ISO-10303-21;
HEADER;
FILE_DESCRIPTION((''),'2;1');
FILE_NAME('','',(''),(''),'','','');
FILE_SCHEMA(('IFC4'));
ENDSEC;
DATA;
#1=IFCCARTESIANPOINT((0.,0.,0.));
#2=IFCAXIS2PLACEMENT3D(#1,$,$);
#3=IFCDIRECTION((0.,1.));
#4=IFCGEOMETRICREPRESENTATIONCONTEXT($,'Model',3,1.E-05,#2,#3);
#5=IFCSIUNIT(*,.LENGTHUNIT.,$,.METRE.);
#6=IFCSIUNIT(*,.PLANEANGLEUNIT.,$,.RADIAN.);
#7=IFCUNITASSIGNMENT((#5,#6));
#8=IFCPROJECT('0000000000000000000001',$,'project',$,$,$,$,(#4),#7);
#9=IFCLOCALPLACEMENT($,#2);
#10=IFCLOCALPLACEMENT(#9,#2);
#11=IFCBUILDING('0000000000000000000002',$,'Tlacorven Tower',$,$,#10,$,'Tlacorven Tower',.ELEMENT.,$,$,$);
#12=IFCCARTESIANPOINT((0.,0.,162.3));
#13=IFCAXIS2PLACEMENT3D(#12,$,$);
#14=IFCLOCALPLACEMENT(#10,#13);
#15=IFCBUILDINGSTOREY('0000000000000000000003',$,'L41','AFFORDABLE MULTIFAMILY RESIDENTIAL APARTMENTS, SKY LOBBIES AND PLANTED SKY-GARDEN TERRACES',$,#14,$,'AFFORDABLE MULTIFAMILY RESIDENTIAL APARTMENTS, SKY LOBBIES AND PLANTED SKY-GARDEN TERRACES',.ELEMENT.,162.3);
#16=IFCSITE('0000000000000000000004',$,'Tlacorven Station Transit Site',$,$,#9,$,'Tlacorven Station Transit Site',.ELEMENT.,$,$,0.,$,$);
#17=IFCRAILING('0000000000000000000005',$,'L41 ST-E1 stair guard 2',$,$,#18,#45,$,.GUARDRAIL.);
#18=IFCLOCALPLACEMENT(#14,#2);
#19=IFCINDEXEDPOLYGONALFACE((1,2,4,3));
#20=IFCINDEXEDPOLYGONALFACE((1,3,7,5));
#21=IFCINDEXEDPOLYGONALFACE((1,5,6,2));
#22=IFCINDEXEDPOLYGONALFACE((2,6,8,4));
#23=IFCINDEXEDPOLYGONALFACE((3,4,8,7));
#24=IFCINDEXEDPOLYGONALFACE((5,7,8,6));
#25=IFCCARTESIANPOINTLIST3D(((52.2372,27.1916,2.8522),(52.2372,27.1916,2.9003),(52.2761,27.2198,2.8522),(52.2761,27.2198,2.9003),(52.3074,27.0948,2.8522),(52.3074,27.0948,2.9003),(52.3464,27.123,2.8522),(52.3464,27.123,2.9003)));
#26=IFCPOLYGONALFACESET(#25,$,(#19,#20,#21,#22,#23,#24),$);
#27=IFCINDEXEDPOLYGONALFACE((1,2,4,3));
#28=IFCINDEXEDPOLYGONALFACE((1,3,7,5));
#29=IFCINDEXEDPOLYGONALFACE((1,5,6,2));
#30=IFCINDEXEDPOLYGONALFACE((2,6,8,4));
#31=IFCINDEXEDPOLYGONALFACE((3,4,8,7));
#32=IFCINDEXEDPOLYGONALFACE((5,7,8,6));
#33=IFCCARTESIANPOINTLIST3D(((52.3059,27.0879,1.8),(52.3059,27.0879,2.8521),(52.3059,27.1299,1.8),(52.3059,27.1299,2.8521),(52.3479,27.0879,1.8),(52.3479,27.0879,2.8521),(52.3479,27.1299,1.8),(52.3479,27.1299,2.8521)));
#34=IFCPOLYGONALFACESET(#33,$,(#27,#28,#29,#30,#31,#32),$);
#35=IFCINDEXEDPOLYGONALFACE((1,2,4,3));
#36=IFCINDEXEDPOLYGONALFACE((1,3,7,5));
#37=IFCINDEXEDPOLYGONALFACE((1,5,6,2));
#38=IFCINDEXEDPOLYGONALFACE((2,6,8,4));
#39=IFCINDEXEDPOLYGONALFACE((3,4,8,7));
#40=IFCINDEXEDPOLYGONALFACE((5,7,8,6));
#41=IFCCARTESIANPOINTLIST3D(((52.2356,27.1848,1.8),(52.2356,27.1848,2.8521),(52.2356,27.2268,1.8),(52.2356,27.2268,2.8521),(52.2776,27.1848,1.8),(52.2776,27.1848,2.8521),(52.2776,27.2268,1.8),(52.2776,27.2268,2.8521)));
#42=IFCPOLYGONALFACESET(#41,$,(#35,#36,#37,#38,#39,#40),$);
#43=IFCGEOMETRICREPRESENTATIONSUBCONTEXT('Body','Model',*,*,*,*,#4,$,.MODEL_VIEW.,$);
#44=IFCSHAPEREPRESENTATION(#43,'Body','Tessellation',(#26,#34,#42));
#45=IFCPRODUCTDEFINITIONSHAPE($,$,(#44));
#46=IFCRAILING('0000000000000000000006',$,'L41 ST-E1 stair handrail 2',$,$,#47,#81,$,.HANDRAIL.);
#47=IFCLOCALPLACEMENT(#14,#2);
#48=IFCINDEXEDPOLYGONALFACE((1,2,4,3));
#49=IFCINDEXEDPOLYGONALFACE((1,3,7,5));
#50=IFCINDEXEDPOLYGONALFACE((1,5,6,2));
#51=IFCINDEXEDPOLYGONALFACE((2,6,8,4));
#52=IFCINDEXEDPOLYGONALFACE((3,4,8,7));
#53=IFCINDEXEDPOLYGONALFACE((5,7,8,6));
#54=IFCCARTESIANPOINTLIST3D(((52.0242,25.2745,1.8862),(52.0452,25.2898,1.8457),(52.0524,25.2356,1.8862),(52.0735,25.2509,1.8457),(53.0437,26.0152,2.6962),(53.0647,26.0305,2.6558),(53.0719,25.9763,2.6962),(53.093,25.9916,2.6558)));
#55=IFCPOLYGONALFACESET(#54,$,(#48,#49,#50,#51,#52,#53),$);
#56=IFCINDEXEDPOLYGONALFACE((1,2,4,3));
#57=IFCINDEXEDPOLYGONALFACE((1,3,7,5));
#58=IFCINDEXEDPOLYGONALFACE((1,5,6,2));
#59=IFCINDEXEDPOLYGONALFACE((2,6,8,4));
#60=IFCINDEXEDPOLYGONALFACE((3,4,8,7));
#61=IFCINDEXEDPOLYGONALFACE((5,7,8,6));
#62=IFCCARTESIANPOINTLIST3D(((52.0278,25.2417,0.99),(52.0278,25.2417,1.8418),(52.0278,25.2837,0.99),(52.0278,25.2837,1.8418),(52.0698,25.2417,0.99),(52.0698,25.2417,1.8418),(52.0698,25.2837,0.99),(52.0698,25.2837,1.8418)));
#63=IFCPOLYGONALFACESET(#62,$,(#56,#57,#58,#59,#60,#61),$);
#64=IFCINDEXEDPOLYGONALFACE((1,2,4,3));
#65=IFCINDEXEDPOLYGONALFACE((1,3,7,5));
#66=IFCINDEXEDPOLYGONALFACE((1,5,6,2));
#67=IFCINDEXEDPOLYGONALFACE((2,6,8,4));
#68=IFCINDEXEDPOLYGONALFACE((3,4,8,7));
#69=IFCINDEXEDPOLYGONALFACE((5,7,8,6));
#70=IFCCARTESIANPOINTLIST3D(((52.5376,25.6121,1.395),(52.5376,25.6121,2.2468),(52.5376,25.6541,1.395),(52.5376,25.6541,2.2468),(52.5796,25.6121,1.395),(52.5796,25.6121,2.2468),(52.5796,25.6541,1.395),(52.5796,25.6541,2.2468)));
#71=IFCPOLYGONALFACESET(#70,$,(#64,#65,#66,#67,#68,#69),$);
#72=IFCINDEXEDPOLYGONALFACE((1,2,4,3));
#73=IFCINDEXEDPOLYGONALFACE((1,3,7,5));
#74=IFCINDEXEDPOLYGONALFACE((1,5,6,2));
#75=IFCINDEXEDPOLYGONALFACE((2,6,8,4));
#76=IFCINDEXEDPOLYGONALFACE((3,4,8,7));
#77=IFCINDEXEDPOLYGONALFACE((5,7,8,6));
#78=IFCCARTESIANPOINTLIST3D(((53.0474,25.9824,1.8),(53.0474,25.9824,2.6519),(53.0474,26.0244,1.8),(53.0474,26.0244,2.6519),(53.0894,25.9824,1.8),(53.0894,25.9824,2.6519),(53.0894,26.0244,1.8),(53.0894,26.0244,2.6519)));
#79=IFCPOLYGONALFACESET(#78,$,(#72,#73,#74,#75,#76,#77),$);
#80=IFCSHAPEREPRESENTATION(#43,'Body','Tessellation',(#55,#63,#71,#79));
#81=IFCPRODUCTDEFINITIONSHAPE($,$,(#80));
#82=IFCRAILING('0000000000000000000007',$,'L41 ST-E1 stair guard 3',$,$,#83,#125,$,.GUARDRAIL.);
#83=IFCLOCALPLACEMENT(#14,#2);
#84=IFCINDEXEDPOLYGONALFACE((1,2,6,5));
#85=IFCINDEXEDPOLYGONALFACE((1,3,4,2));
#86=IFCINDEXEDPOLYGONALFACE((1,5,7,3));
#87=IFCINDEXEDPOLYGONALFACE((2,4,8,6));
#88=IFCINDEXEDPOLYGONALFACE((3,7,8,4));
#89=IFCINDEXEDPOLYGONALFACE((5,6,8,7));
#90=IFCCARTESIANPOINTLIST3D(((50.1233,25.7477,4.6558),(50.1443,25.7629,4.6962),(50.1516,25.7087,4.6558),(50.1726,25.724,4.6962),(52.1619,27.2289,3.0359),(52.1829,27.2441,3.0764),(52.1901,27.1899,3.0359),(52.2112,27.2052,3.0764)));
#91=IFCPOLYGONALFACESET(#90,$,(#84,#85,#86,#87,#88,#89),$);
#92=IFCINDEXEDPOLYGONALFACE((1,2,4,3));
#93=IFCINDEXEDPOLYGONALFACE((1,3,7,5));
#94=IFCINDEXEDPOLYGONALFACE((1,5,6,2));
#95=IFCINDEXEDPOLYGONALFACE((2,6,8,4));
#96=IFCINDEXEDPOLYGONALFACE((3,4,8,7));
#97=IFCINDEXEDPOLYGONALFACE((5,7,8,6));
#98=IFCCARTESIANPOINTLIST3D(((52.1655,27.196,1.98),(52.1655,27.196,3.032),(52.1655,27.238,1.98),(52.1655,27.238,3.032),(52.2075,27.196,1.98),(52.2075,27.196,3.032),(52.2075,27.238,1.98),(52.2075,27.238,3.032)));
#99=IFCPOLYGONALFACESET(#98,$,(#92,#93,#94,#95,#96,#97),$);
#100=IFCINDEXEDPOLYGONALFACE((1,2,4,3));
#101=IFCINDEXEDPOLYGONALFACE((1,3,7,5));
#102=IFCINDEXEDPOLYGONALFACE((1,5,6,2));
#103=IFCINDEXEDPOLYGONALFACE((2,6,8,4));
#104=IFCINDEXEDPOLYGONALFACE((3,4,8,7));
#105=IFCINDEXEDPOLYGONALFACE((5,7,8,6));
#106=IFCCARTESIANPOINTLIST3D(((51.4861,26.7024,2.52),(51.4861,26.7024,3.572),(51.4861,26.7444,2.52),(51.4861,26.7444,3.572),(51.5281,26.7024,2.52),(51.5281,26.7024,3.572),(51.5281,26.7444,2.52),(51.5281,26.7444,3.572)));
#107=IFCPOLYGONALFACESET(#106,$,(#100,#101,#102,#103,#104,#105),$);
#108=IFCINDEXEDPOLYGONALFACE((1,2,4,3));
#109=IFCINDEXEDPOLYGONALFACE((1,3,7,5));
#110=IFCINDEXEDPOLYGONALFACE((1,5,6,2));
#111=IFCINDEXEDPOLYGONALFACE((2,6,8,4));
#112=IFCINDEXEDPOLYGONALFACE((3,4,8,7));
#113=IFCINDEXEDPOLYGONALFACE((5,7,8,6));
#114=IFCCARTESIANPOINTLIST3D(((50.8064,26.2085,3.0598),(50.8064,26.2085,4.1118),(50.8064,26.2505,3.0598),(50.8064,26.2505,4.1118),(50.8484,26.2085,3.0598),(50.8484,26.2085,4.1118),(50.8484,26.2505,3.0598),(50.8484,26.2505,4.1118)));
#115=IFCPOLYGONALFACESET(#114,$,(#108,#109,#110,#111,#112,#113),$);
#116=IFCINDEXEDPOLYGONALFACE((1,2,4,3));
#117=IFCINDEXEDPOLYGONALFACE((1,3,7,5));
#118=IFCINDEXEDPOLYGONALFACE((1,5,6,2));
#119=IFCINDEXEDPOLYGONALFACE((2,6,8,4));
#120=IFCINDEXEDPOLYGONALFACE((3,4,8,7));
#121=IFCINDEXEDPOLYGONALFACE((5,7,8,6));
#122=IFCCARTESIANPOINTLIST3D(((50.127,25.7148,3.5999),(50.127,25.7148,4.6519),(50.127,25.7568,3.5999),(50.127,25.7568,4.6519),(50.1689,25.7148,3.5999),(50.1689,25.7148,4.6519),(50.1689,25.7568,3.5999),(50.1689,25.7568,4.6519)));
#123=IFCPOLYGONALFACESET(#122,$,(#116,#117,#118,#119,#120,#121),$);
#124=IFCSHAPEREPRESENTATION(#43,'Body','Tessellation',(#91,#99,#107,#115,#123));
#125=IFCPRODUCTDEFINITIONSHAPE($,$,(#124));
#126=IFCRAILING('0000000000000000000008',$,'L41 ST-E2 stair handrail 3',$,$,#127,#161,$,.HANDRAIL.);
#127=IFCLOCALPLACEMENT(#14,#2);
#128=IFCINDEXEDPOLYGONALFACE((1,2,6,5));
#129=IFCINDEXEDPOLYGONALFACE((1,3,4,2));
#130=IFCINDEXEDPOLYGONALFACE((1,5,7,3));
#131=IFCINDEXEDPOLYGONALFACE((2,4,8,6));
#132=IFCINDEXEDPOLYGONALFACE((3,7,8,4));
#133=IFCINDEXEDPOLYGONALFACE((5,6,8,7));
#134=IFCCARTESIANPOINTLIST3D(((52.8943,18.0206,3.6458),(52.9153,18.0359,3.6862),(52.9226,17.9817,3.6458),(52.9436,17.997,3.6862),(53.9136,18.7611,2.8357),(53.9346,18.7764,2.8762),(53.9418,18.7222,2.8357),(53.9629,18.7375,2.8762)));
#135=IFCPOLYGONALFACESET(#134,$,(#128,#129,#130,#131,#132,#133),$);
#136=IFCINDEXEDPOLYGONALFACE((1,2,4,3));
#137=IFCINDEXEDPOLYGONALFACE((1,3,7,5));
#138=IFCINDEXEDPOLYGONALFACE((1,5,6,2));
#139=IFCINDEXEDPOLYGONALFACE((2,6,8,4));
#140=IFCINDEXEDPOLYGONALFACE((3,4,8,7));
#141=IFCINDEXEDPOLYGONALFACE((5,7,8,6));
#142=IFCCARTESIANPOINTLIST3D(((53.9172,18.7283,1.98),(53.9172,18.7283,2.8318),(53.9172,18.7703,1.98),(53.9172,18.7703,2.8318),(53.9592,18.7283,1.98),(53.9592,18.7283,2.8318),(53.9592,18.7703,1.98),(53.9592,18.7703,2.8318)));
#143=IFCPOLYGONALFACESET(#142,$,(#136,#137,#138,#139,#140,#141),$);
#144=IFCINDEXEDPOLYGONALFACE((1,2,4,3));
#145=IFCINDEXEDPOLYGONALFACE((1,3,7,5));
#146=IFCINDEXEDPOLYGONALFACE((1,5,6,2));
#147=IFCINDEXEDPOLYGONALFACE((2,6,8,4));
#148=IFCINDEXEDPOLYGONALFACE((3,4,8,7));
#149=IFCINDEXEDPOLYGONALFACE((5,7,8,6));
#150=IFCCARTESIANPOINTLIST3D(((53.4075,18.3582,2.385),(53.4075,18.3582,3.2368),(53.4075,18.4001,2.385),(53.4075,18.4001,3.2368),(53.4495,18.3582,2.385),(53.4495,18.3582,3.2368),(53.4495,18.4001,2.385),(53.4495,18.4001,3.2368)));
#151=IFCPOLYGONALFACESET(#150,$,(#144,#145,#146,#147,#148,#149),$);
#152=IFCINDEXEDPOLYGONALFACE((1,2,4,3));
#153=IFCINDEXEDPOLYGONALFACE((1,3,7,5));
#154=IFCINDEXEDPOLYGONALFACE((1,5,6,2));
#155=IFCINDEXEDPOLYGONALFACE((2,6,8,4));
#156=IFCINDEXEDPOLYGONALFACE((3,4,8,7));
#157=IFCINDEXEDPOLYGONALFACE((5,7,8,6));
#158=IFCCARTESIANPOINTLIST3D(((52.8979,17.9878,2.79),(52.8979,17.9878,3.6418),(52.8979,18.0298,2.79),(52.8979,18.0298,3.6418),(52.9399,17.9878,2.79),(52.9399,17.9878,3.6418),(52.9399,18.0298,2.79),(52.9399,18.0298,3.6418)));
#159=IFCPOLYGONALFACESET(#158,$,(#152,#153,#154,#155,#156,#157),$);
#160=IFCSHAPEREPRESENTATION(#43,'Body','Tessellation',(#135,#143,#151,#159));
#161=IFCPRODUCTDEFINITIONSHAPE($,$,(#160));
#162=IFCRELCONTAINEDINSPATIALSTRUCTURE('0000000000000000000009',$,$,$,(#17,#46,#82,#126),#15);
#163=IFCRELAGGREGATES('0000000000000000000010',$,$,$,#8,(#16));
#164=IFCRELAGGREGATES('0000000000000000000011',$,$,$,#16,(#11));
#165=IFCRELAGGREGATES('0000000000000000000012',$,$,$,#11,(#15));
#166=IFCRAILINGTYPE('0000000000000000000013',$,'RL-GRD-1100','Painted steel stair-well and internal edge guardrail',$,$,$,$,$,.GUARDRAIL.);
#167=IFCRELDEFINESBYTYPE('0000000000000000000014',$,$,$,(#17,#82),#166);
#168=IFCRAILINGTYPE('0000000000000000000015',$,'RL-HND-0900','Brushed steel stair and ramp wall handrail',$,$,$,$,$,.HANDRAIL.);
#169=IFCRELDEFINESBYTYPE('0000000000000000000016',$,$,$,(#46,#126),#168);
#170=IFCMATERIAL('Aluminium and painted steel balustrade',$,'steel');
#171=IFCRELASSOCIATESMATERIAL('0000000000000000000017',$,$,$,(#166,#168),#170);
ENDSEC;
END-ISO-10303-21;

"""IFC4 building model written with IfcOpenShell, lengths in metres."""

from ifc_helpers import new_model, si_unit, direction, frame, origin, origin_2d, place, context, subcontext, project, spatial, rectangle, extrude, source, transform, mapped, material, type_object, element, save


model = new_model("IFC4")

# Units and contexts
model_context = context("Model", 3, precision=1e-05, world=origin(), true_north=direction((0.0, 1.0)))
body_context = subcontext(model_context, "Body", "Model", "MODEL_VIEW")
ifc_project = project(units=[si_unit("LENGTHUNIT", "METRE"), si_unit("PLANEANGLEUNIT", "RADIAN")], contexts=[model_context])

# Site, building, storey
site_placement = place(None, origin())
site = spatial("IfcSite", under=ifc_project, at=site_placement, Name="Tlacorven Station Transit Site", LongName="Tlacorven Station Transit Site", CompositionType="ELEMENT", RefElevation=0.0)
building_placement = place(site_placement, origin())
building = spatial("IfcBuilding", under=site, at=building_placement, Name="Tlacorven Tower", LongName="Tlacorven Tower", CompositionType="ELEMENT")
storey_placement = place(building_placement, frame((0.0, 0.0, 162.3)))
storey = spatial("IfcBuildingStorey", under=building, at=storey_placement, Name="L41", Description="AFFORDABLE MULTIFAMILY RESIDENTIAL APARTMENTS, SKY LOBBIES AND PLANTED SKY-GARDEN TERRACES", LongName="AFFORDABLE MULTIFAMILY RESIDENTIAL APARTMENTS, SKY LOBBIES AND PLANTED SKY-GARDEN TERRACES", CompositionType="ELEMENT", Elevation=162.3)

# Railings
ifc_material_1 = material(Name="Aluminium and painted steel balustrade", Category="steel")
railing_type_1 = type_object("IfcRailingType", Name="RL-GRD-1100", Description="Painted steel stair-well and internal edge guardrail", PredefinedType="GUARDRAIL", material=ifc_material_1)
shared_shape_1 = source(origin(), body_context, "Body", "SweptSolid", [
    extrude(rectangle(XDim=0.0481, YDim=0.0481, at=origin_2d()), frame((0.0, 0.0, 1.0762), z_axis=(-0.587201, 0.809441, 0.0), x_axis=(-0.809441, -0.587201, 0.0)), (0.0, 0.0, 1.0), 0.1196),
    extrude(rectangle(XDim=0.042, YDim=0.042, at=origin_2d()), origin(), (0.0, 0.0, 1.0), 1.052),
    extrude(rectangle(XDim=0.042, YDim=0.042, at=origin_2d()), frame((-0.0703, 0.0969, 0.0)), (0.0, 0.0, 1.0), 1.052),
])
railing_1_placement = place(storey_placement, frame((52.3269, 27.1089, 1.8)))
element("IfcRailing", 1, at=railing_1_placement, inside=storey, type_object=railing_type_1, Name="L41 ST-E1 stair guard 2", PredefinedType="GUARDRAIL", context=body_context, shape_type="MappedRepresentation", body=[
    mapped(shared_shape_1, transform((0.0, 0.0, 0.0), scale=1.0)),
])
railing_type_2 = type_object("IfcRailingType", Name="RL-HND-0900", Description="Brushed steel stair and ramp wall handrail", PredefinedType="HANDRAIL", material=ifc_material_1)
shared_shape_2 = source(origin(), body_context, "Body", "SweptSolid", [
    extrude(rectangle(XDim=0.0481, YDim=0.0481, at=origin_2d()), frame((0.0, 0.0, 0.876), z_axis=(0.680549, 0.494441, 0.540723), x_axis=(-0.58778, 0.809021, 0.0)), (0.0, 0.0, 1.0), 1.498),
    extrude(rectangle(XDim=0.042, YDim=0.042, at=origin_2d()), origin(), (0.0, 0.0, 1.0), 0.8518),
    extrude(rectangle(XDim=0.042, YDim=0.042, at=origin_2d()), frame((0.5098, 0.3704, 0.405)), (0.0, 0.0, 1.0), 0.8518),
    extrude(rectangle(XDim=0.042, YDim=0.042, at=origin_2d()), frame((1.0195, 0.7407, 0.8101)), (0.0, 0.0, 1.0), 0.8518),
])
railing_2_placement = place(storey_placement, frame((52.0488, 25.2627, 0.99)))
element("IfcRailing", 2, at=railing_2_placement, inside=storey, type_object=railing_type_2, Name="L41 ST-E1 stair handrail 2", PredefinedType="HANDRAIL", context=body_context, shape_type="MappedRepresentation", body=[
    mapped(shared_shape_2, transform((0.0, 0.0, 0.0), scale=1.0)),
])
shared_shape_3 = source(origin(), body_context, "Body", "SweptSolid", [
    extrude(rectangle(XDim=0.0481, YDim=0.0481, at=origin_2d()), frame((0.0, 0.0, 1.0762), z_axis=(-0.680519, -0.494456, 0.540747), x_axis=(0.587809, -0.809, 0.0)), (0.0, 0.0, 1.0), 2.9956),
    extrude(rectangle(XDim=0.042, YDim=0.042, at=origin_2d()), origin(), (0.0, 0.0, 1.0), 1.052),
    extrude(rectangle(XDim=0.042, YDim=0.042, at=origin_2d()), frame((-0.6794, -0.4937, 0.54)), (0.0, 0.0, 1.0), 1.052),
    extrude(rectangle(XDim=0.042, YDim=0.042, at=origin_2d()), frame((-1.3591, -0.9875, 1.0798)), (0.0, 0.0, 1.0), 1.052),
    extrude(rectangle(XDim=0.042, YDim=0.042, at=origin_2d()), frame((-2.0386, -1.4812, 1.6199)), (0.0, 0.0, 1.0), 1.052),
])
railing_3_placement = place(storey_placement, frame((52.1865, 27.217, 1.98)))
element("IfcRailing", 3, at=railing_3_placement, inside=storey, type_object=railing_type_1, Name="L41 ST-E1 stair guard 3", PredefinedType="GUARDRAIL", context=body_context, shape_type="MappedRepresentation", body=[
    mapped(shared_shape_3, transform((0.0, 0.0, 0.0), scale=1.0)),
])
shared_shape_4 = source(origin(), body_context, "Body", "SweptSolid", [
    extrude(rectangle(XDim=0.0481, YDim=0.0481, at=origin_2d()), frame((0.0, 0.0, 0.876), z_axis=(-0.680516, -0.494373, 0.540827), x_axis=(0.587745, -0.809046, 0.0)), (0.0, 0.0, 1.0), 1.4978),
    extrude(rectangle(XDim=0.042, YDim=0.042, at=origin_2d()), origin(), (0.0, 0.0, 1.0), 0.8518),
    extrude(rectangle(XDim=0.042, YDim=0.042, at=origin_2d()), frame((-0.5098, -0.3701, 0.405)), (0.0, 0.0, 1.0), 0.8518),
    extrude(rectangle(XDim=0.042, YDim=0.042, at=origin_2d()), frame((-1.0193, -0.7405, 0.8101)), (0.0, 0.0, 1.0), 0.8518),
])
railing_4_placement = place(storey_placement, frame((53.9382, 18.7493, 1.98)))
element("IfcRailing", 4, at=railing_4_placement, inside=storey, type_object=railing_type_2, Name="L41 ST-E2 stair handrail 3", PredefinedType="HANDRAIL", context=body_context, shape_type="MappedRepresentation", body=[
    mapped(shared_shape_4, transform((0.0, 0.0, 0.0), scale=1.0)),
])

save(model, "model.ifc")
